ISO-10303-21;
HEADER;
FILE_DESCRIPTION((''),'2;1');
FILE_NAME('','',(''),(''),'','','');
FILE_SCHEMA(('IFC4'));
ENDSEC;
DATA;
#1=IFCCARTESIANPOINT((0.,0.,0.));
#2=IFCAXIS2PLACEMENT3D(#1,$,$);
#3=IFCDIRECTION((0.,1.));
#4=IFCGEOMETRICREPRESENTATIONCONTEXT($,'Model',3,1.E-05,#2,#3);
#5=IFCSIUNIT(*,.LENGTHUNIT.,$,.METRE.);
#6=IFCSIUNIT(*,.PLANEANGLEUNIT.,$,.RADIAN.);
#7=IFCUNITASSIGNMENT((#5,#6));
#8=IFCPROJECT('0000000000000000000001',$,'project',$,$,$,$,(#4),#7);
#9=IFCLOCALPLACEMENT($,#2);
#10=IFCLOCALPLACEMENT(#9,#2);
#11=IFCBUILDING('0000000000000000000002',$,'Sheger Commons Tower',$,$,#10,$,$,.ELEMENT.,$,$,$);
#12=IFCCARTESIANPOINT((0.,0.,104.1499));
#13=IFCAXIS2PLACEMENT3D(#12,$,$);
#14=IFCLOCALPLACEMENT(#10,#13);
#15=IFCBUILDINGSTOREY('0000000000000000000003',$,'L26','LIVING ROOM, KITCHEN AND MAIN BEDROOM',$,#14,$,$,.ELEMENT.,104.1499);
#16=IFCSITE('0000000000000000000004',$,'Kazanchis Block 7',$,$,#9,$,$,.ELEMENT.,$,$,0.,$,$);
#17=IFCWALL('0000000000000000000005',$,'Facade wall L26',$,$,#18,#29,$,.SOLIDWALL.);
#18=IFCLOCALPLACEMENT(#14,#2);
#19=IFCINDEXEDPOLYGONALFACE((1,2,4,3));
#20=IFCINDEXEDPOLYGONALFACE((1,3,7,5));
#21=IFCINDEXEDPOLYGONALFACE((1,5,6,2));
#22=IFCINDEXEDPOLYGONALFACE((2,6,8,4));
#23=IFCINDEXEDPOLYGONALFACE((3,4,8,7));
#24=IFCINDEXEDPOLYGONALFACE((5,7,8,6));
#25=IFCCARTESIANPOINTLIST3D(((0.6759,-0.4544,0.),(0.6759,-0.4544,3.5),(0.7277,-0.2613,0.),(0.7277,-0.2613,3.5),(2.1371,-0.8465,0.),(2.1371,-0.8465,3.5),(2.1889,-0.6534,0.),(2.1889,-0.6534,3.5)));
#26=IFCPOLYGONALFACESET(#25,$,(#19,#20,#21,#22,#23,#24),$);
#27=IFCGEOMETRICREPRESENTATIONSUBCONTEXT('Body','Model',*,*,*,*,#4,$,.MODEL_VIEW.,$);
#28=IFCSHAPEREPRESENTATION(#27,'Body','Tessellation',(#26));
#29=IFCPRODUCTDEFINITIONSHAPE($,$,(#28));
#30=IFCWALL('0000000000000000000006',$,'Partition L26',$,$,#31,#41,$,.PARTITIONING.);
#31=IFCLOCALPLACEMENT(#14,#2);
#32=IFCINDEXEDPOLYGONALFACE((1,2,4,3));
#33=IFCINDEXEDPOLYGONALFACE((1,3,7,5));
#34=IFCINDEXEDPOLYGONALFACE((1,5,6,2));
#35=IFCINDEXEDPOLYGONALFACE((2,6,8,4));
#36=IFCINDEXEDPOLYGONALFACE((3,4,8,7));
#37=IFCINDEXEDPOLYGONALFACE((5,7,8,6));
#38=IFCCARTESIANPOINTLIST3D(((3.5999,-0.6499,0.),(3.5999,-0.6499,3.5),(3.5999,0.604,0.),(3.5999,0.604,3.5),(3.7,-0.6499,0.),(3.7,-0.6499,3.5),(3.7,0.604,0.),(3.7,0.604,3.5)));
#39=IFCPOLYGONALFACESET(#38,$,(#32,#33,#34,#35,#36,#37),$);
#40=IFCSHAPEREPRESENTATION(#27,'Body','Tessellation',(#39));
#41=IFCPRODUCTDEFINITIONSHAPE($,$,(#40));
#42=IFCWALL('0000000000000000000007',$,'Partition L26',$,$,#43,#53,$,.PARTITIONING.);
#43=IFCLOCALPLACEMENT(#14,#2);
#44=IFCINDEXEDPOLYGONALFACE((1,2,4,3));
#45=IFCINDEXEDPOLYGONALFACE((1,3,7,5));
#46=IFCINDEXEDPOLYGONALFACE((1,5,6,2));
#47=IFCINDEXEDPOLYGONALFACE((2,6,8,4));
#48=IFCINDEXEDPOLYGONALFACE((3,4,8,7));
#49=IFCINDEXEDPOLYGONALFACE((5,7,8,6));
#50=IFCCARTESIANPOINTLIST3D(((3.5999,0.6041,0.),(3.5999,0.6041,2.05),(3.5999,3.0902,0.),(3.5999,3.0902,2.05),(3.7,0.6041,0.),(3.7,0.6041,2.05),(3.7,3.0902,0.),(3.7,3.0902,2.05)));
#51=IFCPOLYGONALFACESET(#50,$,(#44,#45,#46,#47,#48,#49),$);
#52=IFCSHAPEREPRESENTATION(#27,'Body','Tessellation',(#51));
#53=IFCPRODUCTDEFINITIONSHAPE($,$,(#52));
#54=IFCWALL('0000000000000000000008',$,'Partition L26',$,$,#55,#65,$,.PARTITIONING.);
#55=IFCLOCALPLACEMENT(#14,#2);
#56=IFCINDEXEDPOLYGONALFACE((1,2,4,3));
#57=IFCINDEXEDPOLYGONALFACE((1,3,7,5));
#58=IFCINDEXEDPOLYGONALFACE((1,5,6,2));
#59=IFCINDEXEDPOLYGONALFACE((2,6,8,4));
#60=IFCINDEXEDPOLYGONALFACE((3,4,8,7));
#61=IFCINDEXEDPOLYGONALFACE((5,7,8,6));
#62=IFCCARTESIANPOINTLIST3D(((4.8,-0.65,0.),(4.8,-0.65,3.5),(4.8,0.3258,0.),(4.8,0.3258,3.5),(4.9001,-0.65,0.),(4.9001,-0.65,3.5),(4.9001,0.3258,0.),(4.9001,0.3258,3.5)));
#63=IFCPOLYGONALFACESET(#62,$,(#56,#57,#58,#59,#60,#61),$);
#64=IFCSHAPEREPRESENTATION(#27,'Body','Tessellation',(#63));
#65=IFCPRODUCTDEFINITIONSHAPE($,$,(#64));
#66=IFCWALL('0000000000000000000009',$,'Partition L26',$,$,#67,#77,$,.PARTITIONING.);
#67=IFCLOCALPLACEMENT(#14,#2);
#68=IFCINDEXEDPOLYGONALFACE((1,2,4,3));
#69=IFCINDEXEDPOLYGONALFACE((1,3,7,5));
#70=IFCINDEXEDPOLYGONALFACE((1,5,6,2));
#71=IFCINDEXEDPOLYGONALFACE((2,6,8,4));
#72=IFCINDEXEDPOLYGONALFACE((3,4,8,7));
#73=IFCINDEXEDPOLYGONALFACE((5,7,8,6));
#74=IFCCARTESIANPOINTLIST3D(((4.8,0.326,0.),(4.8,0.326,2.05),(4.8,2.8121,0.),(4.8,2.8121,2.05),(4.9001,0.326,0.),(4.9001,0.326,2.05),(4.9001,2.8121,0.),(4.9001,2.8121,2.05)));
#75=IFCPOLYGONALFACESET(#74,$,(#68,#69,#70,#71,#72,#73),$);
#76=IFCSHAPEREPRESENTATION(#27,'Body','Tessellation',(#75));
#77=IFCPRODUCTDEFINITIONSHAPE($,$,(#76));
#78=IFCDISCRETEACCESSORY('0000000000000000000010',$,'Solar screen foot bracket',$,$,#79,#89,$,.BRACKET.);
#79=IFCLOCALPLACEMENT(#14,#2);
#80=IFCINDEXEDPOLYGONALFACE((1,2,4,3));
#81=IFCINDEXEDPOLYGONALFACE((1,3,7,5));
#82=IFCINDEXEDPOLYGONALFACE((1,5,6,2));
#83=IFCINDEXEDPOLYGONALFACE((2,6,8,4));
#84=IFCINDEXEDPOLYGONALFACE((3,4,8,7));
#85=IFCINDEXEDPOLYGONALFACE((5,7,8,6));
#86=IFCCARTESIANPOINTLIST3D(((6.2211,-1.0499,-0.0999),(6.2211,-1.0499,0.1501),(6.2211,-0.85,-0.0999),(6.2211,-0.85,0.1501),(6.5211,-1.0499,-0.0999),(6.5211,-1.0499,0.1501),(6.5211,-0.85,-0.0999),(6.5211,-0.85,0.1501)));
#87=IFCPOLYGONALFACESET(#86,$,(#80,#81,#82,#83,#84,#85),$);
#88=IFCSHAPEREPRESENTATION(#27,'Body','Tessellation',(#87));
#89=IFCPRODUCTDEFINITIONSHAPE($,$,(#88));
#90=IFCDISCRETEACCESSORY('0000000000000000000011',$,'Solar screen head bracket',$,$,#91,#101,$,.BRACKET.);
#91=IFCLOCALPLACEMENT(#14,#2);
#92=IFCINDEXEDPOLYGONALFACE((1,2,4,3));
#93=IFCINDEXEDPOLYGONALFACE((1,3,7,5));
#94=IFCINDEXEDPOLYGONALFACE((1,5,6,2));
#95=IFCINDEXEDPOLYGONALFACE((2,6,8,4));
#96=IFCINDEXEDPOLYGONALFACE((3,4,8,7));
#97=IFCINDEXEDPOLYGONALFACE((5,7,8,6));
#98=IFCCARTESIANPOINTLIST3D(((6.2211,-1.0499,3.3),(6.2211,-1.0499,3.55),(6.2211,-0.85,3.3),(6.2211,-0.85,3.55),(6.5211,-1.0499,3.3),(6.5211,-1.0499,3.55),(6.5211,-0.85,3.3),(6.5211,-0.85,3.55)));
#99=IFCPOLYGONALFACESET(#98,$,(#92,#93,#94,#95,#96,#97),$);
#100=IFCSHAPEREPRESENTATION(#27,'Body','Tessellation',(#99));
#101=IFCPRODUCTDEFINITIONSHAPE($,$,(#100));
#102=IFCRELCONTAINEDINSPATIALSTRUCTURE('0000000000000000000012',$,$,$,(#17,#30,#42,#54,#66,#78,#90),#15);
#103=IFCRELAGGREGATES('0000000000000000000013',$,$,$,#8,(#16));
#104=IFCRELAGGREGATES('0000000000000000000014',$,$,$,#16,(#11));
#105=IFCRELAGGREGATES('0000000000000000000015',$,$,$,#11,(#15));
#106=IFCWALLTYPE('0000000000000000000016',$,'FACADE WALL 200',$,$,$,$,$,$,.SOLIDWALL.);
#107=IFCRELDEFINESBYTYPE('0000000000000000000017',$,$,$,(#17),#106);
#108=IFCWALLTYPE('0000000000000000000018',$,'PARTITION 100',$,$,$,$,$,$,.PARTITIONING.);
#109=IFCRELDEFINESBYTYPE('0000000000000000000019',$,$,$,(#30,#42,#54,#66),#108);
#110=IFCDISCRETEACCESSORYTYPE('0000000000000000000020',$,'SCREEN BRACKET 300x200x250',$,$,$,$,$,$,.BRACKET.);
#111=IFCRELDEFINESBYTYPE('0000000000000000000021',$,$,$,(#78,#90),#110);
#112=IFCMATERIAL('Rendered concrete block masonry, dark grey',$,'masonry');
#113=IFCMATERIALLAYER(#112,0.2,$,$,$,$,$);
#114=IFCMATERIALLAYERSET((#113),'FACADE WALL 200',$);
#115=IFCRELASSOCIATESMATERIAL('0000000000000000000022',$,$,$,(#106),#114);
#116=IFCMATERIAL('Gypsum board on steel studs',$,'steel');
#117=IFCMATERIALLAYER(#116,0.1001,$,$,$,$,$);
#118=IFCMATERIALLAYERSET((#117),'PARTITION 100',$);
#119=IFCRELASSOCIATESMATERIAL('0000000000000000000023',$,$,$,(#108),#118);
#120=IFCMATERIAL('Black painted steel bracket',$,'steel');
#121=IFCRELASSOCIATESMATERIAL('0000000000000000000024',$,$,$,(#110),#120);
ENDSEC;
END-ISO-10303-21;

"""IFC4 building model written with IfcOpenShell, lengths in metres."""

from ifc_helpers import new_model, si_unit, direction, frame, frame_2d, origin, origin_2d, place, context, subcontext, project, spatial, rectangle, extrude, material, layer, layer_set, type_object, element, save


model = new_model("IFC4")

# Units and contexts
model_context = context("Model", 3, precision=1e-05, world=origin(), true_north=direction((0.0, 1.0)))
body_context = subcontext(model_context, "Body", "Model", "MODEL_VIEW")
ifc_project = project(units=[si_unit("LENGTHUNIT", "METRE"), si_unit("PLANEANGLEUNIT", "RADIAN")], contexts=[model_context])

# Site, building, storey
site_placement = place(None, origin())
site = spatial("IfcSite", under=ifc_project, at=site_placement, Name="Kazanchis Block 7", CompositionType="ELEMENT", RefElevation=0.0)
building_placement = place(site_placement, origin())
building = spatial("IfcBuilding", under=site, at=building_placement, Name="Sheger Commons Tower", CompositionType="ELEMENT")
storey_placement = place(building_placement, frame((0.0, 0.0, 104.1499)))
storey = spatial("IfcBuildingStorey", under=building, at=storey_placement, Name="L26", Description="LIVING ROOM, KITCHEN AND MAIN BEDROOM", CompositionType="ELEMENT", Elevation=104.1499)

# Shared definitions
ifc_material_1 = material(Name="Rendered concrete block masonry, dark grey", Category="masonry")
ifc_layer_1 = layer(ifc_material_1, 0.2)
ifc_layer_set_1 = layer_set([ifc_layer_1], Name="FACADE WALL 200")
wall_type_1 = type_object("IfcWallType", Name="FACADE WALL 200", PredefinedType="SOLIDWALL", material=ifc_layer_set_1)

# Walls
wall_1_placement = place(storey_placement, frame((0.7019, -0.3579, 0.0), z_axis=(0.0, 0.0, 1.0), x_axis=(0.965832, -0.259169, 0.0)))
element("IfcWall", 1, at=wall_1_placement, inside=storey, type_object=wall_type_1, Name="Facade wall L26", PredefinedType="SOLIDWALL", context=body_context, shape_type="SweptSolid", body=[
    extrude(rectangle(XDim=1.5129, YDim=0.2, at=frame_2d((0.7563, 0.0))), origin(), (0.0, 0.0, 1.0), 3.5),
])
ifc_material_2 = material(Name="Gypsum board on steel studs", Category="steel")
ifc_layer_2 = layer(ifc_material_2, 0.1001)
ifc_layer_set_2 = layer_set([ifc_layer_2], Name="PARTITION 100")
wall_type_2 = type_object("IfcWallType", Name="PARTITION 100", PredefinedType="PARTITIONING", material=ifc_layer_set_2)
wall_2_placement = place(storey_placement, frame((3.6499, -0.6499, 0.0), z_axis=(0.0, 0.0, 1.0), x_axis=(0.0, 1.0, 0.0)))
element("IfcWall", 2, at=wall_2_placement, inside=storey, type_object=wall_type_2, Name="Partition L26", PredefinedType="PARTITIONING", context=body_context, shape_type="SweptSolid", body=[
    extrude(rectangle(XDim=1.2539, YDim=0.1001, at=frame_2d((0.627, 0.0))), origin(), (0.0, 0.0, 1.0), 3.5),
])
wall_3_placement = place(storey_placement, frame((3.6499, 0.604, 0.0), z_axis=(0.0, 0.0, 1.0), x_axis=(0.0, 1.0, 0.0)))
element("IfcWall", 3, at=wall_3_placement, inside=storey, type_object=wall_type_2, Name="Partition L26", PredefinedType="PARTITIONING", context=body_context, shape_type="SweptSolid", body=[
    extrude(rectangle(XDim=2.4861, YDim=0.1001, at=frame_2d((1.2432, 0.0))), origin(), (0.0, 0.0, 1.0), 2.05),
])
wall_4_placement = place(storey_placement, frame((4.8501, -0.6499, 0.0), z_axis=(0.0, 0.0, 1.0), x_axis=(0.0, 1.0, 0.0)))
element("IfcWall", 4, at=wall_4_placement, inside=storey, type_object=wall_type_2, Name="Partition L26", PredefinedType="PARTITIONING", context=body_context, shape_type="SweptSolid", body=[
    extrude(rectangle(XDim=0.9758, YDim=0.1001, at=frame_2d((0.4878, 0.0))), origin(), (0.0, 0.0, 1.0), 3.5),
])
wall_5_placement = place(storey_placement, frame((4.8501, 0.3259, 0.0), z_axis=(0.0, 0.0, 1.0), x_axis=(0.0, 1.0, 0.0)))
element("IfcWall", 5, at=wall_5_placement, inside=storey, type_object=wall_type_2, Name="Partition L26", PredefinedType="PARTITIONING", context=body_context, shape_type="SweptSolid", body=[
    extrude(rectangle(XDim=2.4861, YDim=0.1001, at=frame_2d((1.2432, 0.0))), origin(), (0.0, 0.0, 1.0), 2.05),
])

# Discrete accessories
ifc_material_3 = material(Name="Black painted steel bracket", Category="steel")
discrete_accessory_type = type_object("IfcDiscreteAccessoryType", Name="SCREEN BRACKET 300x200x250", PredefinedType="BRACKET", material=ifc_material_3)
for number, where, z_axis, x_axis, name in (
    (6, (6.3711, -0.95, -0.0999), (0.0, 0.0, 1.0), (1.0, 0.0, 0.0), "Solar screen foot bracket"),
    (7, (6.3711, -0.95, 3.3), (0.0, 0.0, 1.0), (1.0, 0.0, 0.0), "Solar screen head bracket"),
):
    element("IfcDiscreteAccessory", number, at=place(storey_placement, frame(where, z_axis=z_axis, x_axis=x_axis)), inside=storey, type_object=discrete_accessory_type, Name=name, PredefinedType="BRACKET", context=body_context, shape_type="SweptSolid", body=[
        extrude(rectangle(XDim=0.3, YDim=0.2, at=origin_2d()), origin(), (0.0, 0.0, 1.0), 0.25),
    ])

save(model, "model.ifc")
